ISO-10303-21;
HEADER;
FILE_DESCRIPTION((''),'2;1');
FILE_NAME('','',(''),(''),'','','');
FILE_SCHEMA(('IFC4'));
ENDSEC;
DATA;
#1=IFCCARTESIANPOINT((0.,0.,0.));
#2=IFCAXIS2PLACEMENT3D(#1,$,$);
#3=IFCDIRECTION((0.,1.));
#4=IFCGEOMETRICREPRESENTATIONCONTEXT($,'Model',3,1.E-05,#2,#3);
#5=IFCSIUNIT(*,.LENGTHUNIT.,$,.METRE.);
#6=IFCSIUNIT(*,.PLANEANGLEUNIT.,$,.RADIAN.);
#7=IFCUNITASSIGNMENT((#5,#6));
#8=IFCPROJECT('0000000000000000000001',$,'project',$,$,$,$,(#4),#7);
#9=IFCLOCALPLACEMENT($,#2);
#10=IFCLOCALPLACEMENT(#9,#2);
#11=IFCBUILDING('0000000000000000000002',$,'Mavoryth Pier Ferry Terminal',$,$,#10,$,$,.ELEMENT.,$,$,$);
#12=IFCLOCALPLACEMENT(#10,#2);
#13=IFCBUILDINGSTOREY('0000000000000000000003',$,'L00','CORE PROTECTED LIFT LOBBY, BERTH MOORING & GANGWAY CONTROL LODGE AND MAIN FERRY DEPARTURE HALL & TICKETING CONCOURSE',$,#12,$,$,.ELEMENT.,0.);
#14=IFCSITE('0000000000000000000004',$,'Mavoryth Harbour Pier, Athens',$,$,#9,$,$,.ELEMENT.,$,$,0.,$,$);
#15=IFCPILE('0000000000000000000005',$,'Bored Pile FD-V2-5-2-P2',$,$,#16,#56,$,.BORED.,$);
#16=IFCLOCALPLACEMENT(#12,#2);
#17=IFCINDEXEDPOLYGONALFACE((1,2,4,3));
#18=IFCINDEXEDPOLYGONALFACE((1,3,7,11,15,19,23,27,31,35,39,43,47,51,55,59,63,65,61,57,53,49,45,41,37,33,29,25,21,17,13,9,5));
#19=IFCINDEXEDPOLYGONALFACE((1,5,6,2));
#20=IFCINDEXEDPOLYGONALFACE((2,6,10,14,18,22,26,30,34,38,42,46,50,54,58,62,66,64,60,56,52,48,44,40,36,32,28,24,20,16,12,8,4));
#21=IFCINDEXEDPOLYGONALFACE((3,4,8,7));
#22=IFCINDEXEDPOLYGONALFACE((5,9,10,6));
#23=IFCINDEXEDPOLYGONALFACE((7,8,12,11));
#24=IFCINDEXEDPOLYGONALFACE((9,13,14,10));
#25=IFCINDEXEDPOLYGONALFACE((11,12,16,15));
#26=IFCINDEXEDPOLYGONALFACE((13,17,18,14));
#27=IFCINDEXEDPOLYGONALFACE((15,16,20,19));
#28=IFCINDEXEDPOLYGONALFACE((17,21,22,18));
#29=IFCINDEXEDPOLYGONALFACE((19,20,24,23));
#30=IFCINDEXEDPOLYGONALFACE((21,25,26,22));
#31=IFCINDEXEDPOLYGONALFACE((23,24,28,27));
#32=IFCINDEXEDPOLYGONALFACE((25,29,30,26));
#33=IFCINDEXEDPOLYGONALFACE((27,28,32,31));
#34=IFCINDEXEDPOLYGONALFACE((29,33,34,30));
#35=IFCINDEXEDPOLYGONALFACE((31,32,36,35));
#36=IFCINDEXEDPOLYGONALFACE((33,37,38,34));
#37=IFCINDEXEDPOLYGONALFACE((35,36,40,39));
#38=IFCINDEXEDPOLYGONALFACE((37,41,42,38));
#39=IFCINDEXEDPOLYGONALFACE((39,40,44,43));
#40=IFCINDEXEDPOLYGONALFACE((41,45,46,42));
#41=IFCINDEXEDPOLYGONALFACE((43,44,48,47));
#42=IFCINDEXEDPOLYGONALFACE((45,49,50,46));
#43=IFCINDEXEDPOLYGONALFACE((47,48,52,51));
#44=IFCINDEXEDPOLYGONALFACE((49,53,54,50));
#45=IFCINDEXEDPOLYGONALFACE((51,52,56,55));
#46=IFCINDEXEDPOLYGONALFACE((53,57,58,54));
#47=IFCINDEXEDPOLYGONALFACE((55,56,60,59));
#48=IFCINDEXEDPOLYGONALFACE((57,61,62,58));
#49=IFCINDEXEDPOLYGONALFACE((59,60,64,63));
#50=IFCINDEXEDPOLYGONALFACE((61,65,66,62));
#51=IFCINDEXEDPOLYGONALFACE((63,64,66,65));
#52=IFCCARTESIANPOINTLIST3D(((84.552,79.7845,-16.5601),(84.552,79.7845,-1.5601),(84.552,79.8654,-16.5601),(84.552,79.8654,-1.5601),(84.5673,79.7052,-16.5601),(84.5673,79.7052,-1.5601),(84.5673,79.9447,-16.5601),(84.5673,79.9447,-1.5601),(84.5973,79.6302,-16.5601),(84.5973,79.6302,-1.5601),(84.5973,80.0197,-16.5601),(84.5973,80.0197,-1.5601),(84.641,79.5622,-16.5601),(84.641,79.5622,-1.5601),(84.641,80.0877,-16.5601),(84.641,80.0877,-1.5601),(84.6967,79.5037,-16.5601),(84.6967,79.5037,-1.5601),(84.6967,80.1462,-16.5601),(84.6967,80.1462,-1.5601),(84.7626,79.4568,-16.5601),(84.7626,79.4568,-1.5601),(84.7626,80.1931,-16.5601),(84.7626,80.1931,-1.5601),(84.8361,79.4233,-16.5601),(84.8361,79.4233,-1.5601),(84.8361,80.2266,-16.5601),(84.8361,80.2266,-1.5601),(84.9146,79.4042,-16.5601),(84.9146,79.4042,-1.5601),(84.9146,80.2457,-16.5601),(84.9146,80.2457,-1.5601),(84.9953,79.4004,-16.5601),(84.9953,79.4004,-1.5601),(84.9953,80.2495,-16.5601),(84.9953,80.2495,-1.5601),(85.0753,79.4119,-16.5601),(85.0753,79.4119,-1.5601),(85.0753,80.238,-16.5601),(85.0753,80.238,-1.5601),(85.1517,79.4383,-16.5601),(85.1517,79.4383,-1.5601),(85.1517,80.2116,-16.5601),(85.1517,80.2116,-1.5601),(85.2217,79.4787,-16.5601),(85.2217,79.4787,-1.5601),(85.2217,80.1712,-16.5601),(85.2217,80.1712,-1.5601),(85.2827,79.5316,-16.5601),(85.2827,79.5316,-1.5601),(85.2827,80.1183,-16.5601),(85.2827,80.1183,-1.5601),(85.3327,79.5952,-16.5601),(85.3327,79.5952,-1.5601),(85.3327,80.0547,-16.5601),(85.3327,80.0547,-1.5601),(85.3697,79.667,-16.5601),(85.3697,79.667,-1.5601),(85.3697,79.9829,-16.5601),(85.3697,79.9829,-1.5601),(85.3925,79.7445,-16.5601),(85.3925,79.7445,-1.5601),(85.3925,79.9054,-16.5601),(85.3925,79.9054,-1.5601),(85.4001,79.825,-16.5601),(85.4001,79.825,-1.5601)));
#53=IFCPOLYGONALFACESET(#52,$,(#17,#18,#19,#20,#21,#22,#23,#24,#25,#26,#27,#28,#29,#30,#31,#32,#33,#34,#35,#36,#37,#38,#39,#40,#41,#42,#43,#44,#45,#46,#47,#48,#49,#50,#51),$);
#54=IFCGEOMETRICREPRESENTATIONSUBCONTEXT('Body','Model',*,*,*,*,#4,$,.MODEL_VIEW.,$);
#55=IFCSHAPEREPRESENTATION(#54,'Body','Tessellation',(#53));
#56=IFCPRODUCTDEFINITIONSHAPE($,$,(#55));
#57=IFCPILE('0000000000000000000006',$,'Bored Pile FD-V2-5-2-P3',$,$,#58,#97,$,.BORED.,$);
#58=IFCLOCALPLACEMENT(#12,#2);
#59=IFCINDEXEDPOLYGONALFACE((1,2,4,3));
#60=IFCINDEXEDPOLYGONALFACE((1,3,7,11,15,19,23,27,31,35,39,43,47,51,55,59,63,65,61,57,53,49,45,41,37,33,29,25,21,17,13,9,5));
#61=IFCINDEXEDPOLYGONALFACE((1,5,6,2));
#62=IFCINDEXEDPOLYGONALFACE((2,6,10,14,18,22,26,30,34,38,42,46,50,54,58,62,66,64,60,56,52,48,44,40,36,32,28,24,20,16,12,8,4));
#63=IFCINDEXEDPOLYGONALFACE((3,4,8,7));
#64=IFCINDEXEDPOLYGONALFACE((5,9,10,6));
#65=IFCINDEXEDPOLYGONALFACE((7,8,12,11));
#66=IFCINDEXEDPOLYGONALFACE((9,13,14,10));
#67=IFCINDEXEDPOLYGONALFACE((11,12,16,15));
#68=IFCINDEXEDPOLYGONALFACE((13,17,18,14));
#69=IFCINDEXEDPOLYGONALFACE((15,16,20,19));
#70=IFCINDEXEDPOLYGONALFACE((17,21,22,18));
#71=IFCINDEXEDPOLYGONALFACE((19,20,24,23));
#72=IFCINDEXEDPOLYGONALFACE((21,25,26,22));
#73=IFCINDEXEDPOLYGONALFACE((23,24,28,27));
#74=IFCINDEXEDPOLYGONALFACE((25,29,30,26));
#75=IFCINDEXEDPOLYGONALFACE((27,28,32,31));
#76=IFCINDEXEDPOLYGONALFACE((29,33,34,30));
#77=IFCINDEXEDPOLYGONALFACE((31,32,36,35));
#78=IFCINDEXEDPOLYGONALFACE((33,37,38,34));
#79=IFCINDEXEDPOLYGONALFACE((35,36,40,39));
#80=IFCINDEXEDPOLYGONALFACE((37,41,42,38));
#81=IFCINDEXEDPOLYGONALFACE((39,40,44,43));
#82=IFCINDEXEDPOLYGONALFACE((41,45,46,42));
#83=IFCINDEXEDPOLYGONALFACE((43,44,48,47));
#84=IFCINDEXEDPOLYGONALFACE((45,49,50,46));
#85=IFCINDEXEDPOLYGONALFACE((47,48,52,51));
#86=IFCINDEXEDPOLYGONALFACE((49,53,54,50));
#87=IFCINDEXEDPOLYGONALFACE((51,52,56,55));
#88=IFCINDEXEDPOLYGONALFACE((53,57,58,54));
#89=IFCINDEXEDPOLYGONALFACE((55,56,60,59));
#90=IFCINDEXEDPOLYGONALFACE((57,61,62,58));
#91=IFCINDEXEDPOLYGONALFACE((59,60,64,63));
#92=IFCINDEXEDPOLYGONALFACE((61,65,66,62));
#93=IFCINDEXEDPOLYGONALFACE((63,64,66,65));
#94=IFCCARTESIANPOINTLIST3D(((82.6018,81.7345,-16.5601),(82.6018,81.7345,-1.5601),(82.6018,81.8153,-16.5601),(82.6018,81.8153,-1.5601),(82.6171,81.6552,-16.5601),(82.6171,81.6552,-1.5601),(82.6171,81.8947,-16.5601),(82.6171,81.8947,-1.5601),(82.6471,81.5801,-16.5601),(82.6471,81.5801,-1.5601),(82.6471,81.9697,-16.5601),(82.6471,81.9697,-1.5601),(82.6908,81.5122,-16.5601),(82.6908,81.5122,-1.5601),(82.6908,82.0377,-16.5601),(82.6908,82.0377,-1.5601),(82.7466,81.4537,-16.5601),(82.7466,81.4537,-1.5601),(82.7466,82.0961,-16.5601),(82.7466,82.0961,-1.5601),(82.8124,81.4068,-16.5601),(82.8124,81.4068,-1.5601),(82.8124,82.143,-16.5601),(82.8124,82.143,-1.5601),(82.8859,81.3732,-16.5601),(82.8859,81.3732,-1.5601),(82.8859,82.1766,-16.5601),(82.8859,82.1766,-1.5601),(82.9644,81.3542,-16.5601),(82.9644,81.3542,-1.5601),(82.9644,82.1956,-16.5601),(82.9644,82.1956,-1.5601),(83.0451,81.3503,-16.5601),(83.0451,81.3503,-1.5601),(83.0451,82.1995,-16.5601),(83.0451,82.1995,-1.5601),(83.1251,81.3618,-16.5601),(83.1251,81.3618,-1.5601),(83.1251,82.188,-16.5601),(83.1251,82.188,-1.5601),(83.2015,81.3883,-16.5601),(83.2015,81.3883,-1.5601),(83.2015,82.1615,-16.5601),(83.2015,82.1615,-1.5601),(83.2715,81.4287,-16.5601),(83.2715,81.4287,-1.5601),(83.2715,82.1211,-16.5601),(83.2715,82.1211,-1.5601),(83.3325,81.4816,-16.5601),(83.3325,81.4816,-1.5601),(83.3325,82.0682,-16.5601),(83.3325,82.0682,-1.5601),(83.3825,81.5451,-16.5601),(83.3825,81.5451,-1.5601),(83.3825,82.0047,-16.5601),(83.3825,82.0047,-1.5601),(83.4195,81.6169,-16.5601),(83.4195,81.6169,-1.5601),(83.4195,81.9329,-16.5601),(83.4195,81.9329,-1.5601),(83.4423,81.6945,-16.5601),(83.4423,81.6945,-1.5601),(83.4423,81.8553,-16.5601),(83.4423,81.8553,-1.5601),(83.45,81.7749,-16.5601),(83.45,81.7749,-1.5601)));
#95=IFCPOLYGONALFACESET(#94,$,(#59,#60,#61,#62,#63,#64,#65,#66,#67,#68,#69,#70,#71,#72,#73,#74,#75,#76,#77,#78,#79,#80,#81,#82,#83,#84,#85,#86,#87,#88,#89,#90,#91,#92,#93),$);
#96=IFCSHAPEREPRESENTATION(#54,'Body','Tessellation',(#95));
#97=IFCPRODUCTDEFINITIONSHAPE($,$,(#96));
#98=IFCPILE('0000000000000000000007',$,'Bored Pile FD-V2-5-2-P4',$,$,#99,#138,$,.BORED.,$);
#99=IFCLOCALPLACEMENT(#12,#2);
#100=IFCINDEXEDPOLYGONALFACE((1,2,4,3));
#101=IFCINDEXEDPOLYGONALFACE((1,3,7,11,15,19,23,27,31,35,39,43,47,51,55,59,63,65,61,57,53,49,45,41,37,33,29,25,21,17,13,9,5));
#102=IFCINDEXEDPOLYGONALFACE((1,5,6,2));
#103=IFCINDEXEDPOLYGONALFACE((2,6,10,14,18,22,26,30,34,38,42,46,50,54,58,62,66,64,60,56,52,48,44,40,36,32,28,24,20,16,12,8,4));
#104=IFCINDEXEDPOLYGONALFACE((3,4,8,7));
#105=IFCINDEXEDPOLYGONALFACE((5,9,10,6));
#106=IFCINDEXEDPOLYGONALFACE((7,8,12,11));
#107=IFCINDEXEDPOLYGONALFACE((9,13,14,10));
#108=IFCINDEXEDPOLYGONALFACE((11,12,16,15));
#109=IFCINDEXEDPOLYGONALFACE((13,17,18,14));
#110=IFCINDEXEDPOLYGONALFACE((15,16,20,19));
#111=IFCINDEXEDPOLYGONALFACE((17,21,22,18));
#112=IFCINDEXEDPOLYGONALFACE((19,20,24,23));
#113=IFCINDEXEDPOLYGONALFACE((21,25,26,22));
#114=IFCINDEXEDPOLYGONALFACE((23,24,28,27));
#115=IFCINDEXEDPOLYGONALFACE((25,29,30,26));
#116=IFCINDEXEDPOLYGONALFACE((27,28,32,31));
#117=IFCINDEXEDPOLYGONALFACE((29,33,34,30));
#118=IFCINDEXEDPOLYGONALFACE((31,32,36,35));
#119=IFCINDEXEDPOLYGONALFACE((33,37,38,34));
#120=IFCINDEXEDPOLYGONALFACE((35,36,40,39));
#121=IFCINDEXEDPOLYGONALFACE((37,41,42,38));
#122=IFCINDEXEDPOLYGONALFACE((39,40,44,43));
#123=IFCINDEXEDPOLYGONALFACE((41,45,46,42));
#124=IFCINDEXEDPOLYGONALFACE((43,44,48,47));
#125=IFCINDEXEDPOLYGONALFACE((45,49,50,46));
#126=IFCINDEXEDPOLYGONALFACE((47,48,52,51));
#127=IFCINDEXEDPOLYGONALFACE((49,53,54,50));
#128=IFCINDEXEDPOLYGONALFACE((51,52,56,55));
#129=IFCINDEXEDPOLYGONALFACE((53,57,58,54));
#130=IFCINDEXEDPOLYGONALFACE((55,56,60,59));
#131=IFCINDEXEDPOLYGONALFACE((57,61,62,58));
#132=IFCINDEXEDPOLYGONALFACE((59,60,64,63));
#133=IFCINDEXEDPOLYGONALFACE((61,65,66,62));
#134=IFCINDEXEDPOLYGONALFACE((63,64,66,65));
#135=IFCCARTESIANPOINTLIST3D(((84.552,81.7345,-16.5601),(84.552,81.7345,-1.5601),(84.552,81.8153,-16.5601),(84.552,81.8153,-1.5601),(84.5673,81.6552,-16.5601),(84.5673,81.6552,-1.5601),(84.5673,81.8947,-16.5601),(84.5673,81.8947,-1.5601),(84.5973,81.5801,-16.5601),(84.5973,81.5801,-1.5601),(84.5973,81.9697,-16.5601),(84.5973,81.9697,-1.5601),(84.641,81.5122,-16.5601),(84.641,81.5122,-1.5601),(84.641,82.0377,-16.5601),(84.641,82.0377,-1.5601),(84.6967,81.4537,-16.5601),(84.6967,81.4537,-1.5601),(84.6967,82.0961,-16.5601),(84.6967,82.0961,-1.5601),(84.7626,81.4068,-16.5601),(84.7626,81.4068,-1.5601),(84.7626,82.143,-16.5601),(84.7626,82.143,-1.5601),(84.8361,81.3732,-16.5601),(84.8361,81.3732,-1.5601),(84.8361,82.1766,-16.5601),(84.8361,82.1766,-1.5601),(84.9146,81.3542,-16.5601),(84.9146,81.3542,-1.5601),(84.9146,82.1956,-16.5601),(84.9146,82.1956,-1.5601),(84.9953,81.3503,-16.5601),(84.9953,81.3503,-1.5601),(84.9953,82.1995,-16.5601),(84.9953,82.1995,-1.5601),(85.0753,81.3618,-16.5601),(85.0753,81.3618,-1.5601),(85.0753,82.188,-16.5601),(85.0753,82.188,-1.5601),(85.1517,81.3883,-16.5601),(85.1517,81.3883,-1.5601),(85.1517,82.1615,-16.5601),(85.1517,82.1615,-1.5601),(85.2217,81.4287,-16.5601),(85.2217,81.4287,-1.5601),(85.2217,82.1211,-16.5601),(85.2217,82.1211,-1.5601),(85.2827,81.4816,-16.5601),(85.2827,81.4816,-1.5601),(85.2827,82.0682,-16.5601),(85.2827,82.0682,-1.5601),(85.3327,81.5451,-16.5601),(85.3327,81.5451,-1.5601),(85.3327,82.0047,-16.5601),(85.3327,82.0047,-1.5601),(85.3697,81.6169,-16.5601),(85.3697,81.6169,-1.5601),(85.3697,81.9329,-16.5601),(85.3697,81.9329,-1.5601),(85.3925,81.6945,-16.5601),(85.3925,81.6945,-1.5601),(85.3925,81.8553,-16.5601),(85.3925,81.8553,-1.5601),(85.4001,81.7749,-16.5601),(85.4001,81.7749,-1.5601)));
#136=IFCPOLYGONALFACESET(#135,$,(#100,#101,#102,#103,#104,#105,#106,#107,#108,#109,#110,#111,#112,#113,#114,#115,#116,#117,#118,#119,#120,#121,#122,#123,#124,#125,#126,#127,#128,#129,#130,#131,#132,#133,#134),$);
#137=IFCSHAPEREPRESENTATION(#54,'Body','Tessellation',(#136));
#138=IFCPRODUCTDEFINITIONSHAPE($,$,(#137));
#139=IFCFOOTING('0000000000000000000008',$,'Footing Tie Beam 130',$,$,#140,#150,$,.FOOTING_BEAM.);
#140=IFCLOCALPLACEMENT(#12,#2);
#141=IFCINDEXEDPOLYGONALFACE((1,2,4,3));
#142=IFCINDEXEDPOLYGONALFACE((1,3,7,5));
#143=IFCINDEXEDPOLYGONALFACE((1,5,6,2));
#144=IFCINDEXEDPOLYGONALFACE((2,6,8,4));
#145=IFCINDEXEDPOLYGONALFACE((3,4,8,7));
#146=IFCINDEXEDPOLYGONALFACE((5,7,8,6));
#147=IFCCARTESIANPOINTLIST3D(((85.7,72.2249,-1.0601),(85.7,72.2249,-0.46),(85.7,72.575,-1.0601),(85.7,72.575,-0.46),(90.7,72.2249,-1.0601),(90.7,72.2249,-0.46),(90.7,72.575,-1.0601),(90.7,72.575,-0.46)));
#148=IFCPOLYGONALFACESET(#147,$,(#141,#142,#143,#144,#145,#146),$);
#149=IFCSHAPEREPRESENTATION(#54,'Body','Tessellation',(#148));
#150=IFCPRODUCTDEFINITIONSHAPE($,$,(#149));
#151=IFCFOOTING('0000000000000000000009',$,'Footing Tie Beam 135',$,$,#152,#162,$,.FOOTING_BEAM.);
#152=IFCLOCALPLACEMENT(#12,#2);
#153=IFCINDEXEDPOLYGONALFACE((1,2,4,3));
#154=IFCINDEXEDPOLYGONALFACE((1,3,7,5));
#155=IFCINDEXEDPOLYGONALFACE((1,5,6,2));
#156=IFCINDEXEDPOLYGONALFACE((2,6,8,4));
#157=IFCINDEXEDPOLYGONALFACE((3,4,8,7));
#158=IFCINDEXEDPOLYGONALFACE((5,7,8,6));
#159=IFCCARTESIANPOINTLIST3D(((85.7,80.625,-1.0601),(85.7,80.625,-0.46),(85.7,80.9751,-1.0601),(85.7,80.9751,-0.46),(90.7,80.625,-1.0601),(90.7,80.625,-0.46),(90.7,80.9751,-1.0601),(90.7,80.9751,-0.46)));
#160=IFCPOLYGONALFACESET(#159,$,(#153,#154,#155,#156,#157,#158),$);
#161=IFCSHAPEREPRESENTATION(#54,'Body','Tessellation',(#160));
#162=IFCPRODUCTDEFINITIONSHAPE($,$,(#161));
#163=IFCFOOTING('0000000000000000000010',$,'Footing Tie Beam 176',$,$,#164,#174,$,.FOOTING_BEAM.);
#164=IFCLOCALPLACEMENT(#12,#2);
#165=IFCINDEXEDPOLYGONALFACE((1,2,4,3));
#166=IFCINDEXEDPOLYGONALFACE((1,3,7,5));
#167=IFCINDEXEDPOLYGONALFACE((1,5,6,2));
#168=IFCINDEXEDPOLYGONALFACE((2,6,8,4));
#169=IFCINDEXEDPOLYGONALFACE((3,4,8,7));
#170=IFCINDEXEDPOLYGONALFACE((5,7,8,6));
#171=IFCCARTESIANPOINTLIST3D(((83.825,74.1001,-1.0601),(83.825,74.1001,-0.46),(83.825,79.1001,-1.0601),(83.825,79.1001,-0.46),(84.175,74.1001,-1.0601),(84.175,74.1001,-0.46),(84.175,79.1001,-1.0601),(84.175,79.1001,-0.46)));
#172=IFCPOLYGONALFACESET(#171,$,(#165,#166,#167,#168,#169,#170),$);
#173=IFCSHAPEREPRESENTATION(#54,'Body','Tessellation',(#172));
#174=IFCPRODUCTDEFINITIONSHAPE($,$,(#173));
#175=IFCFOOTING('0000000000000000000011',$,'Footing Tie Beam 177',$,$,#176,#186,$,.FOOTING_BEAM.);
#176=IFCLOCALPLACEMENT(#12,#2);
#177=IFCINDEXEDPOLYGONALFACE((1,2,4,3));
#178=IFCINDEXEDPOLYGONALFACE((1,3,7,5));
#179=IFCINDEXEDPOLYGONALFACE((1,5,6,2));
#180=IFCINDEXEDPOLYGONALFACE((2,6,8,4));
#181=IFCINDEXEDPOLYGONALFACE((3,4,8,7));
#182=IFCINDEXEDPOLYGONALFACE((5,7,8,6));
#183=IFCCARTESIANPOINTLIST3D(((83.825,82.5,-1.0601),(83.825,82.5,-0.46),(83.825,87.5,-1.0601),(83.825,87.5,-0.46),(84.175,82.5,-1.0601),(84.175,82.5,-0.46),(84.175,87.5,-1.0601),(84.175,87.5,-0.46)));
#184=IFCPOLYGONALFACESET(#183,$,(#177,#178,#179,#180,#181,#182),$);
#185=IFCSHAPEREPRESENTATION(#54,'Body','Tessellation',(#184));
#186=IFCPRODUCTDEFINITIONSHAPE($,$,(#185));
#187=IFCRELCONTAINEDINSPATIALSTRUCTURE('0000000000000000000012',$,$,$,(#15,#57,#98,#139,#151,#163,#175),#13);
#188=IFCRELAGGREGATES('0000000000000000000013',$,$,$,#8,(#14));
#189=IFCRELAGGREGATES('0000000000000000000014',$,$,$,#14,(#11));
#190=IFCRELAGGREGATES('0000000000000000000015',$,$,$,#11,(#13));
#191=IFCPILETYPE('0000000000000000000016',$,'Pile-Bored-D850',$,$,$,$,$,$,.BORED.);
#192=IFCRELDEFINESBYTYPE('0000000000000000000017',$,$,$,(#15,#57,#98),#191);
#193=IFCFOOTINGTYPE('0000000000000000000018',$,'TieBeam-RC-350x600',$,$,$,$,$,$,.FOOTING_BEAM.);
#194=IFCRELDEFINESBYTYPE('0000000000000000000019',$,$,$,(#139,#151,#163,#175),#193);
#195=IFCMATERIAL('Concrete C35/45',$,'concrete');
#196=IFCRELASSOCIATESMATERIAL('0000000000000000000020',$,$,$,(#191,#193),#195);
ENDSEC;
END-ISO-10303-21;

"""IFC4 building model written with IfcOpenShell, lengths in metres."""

from ifc_helpers import new_model, si_unit, direction, frame, origin, origin_2d, place, context, subcontext, project, spatial, rectangle, circle, extrude, material, material_profile, profile_set, type_object, element, save


model = new_model("IFC4")

# Units and contexts
model_context = context("Model", 3, precision=1e-05, world=origin(), true_north=direction((0.0, 1.0)))
body_context = subcontext(model_context, "Body", "Model", "MODEL_VIEW")
ifc_project = project(units=[si_unit("LENGTHUNIT", "METRE"), si_unit("PLANEANGLEUNIT", "RADIAN")], contexts=[model_context])

# Site, building, storey
site_placement = place(None, origin())
site = spatial("IfcSite", under=ifc_project, at=site_placement, Name="Mavoryth Harbour Pier, Athens", CompositionType="ELEMENT", RefElevation=0.0)
building_placement = place(site_placement, origin())
building = spatial("IfcBuilding", under=site, at=building_placement, Name="Mavoryth Pier Ferry Terminal", CompositionType="ELEMENT")
storey_placement = place(building_placement, origin())
storey = spatial("IfcBuildingStorey", under=building, at=storey_placement, Name="L00", Description="CORE PROTECTED LIFT LOBBY, BERTH MOORING & GANGWAY CONTROL LODGE AND MAIN FERRY DEPARTURE HALL & TICKETING CONCOURSE", CompositionType="ELEMENT", Elevation=0.0)

# Shared definitions
ifc_material_1 = material(Name="Concrete C35/45", Category="concrete")

# Piles
ifc_material_profile_1 = material_profile(ifc_material_1, circle(Radius=0.425, at=origin_2d()), Name="PILE D850", Category="concrete")
ifc_profile_set_1 = profile_set([ifc_material_profile_1], Name="Concrete C35/45 - PILE D850")
pile_type = type_object("IfcPileType", Name="Pile-Bored-D850", PredefinedType="BORED", material=ifc_profile_set_1)
for number, where, z_axis, x_axis, name in (
    (1, (84.9751, 79.825, -1.5601), (0.0, 0.0, -1.0), (1.0, 0.0, 0.0), "Bored Pile FD-V2-5-2-P2"),
    (2, (83.0249, 81.7749, -1.5601), (0.0, 0.0, -1.0), (1.0, 0.0, 0.0), "Bored Pile FD-V2-5-2-P3"),
    (3, (84.9751, 81.7749, -1.5601), (0.0, 0.0, -1.0), (1.0, 0.0, 0.0), "Bored Pile FD-V2-5-2-P4"),
):
    element("IfcPile", number, at=place(storey_placement, frame(where, z_axis=z_axis, x_axis=x_axis)), inside=storey, type_object=pile_type, Name=name, PredefinedType="BORED", context=body_context, shape_type="SweptSolid", body=[
        extrude(circle(Radius=0.425, at=origin_2d()), origin(), (0.0, 0.0, 1.0), 15.0),
    ])

# Footings
ifc_material_profile_2 = material_profile(ifc_material_1, rectangle(XDim=0.3501, YDim=0.6001, at=origin_2d()), Name="RC 350x600", Category="concrete")
ifc_profile_set_2 = profile_set([ifc_material_profile_2], Name="Concrete C35/45 - RC 350x600")
footing_type_1 = type_object("IfcFootingType", Name="TieBeam-RC-350x600", PredefinedType="FOOTING_BEAM", material=ifc_profile_set_2)
for number, where, z_axis, x_axis, name in (
    (4, (85.7, 72.3999, -0.76), (1.0, 0.0, 0.0), (0.0, 1.0, 0.0), "Footing Tie Beam 130"),
    (5, (85.7, 80.8, -0.76), (1.0, 0.0, 0.0), (0.0, 1.0, 0.0), "Footing Tie Beam 135"),
    (6, (84.0, 74.1001, -0.76), (0.0, 1.0, 0.0), (-1.0, 0.0, 0.0), "Footing Tie Beam 176"),
    (7, (84.0, 82.5, -0.76), (0.0, 1.0, 0.0), (-1.0, 0.0, 0.0), "Footing Tie Beam 177"),
):
    element("IfcFooting", number, at=place(storey_placement, frame(where, z_axis=z_axis, x_axis=x_axis)), inside=storey, type_object=footing_type_1, Name=name, PredefinedType="FOOTING_BEAM", context=body_context, shape_type="SweptSolid", body=[
        extrude(rectangle(XDim=0.3501, YDim=0.6001, at=origin_2d()), origin(), (0.0, 0.0, 1.0), 5.0),
    ])

save(model, "model.ifc")
